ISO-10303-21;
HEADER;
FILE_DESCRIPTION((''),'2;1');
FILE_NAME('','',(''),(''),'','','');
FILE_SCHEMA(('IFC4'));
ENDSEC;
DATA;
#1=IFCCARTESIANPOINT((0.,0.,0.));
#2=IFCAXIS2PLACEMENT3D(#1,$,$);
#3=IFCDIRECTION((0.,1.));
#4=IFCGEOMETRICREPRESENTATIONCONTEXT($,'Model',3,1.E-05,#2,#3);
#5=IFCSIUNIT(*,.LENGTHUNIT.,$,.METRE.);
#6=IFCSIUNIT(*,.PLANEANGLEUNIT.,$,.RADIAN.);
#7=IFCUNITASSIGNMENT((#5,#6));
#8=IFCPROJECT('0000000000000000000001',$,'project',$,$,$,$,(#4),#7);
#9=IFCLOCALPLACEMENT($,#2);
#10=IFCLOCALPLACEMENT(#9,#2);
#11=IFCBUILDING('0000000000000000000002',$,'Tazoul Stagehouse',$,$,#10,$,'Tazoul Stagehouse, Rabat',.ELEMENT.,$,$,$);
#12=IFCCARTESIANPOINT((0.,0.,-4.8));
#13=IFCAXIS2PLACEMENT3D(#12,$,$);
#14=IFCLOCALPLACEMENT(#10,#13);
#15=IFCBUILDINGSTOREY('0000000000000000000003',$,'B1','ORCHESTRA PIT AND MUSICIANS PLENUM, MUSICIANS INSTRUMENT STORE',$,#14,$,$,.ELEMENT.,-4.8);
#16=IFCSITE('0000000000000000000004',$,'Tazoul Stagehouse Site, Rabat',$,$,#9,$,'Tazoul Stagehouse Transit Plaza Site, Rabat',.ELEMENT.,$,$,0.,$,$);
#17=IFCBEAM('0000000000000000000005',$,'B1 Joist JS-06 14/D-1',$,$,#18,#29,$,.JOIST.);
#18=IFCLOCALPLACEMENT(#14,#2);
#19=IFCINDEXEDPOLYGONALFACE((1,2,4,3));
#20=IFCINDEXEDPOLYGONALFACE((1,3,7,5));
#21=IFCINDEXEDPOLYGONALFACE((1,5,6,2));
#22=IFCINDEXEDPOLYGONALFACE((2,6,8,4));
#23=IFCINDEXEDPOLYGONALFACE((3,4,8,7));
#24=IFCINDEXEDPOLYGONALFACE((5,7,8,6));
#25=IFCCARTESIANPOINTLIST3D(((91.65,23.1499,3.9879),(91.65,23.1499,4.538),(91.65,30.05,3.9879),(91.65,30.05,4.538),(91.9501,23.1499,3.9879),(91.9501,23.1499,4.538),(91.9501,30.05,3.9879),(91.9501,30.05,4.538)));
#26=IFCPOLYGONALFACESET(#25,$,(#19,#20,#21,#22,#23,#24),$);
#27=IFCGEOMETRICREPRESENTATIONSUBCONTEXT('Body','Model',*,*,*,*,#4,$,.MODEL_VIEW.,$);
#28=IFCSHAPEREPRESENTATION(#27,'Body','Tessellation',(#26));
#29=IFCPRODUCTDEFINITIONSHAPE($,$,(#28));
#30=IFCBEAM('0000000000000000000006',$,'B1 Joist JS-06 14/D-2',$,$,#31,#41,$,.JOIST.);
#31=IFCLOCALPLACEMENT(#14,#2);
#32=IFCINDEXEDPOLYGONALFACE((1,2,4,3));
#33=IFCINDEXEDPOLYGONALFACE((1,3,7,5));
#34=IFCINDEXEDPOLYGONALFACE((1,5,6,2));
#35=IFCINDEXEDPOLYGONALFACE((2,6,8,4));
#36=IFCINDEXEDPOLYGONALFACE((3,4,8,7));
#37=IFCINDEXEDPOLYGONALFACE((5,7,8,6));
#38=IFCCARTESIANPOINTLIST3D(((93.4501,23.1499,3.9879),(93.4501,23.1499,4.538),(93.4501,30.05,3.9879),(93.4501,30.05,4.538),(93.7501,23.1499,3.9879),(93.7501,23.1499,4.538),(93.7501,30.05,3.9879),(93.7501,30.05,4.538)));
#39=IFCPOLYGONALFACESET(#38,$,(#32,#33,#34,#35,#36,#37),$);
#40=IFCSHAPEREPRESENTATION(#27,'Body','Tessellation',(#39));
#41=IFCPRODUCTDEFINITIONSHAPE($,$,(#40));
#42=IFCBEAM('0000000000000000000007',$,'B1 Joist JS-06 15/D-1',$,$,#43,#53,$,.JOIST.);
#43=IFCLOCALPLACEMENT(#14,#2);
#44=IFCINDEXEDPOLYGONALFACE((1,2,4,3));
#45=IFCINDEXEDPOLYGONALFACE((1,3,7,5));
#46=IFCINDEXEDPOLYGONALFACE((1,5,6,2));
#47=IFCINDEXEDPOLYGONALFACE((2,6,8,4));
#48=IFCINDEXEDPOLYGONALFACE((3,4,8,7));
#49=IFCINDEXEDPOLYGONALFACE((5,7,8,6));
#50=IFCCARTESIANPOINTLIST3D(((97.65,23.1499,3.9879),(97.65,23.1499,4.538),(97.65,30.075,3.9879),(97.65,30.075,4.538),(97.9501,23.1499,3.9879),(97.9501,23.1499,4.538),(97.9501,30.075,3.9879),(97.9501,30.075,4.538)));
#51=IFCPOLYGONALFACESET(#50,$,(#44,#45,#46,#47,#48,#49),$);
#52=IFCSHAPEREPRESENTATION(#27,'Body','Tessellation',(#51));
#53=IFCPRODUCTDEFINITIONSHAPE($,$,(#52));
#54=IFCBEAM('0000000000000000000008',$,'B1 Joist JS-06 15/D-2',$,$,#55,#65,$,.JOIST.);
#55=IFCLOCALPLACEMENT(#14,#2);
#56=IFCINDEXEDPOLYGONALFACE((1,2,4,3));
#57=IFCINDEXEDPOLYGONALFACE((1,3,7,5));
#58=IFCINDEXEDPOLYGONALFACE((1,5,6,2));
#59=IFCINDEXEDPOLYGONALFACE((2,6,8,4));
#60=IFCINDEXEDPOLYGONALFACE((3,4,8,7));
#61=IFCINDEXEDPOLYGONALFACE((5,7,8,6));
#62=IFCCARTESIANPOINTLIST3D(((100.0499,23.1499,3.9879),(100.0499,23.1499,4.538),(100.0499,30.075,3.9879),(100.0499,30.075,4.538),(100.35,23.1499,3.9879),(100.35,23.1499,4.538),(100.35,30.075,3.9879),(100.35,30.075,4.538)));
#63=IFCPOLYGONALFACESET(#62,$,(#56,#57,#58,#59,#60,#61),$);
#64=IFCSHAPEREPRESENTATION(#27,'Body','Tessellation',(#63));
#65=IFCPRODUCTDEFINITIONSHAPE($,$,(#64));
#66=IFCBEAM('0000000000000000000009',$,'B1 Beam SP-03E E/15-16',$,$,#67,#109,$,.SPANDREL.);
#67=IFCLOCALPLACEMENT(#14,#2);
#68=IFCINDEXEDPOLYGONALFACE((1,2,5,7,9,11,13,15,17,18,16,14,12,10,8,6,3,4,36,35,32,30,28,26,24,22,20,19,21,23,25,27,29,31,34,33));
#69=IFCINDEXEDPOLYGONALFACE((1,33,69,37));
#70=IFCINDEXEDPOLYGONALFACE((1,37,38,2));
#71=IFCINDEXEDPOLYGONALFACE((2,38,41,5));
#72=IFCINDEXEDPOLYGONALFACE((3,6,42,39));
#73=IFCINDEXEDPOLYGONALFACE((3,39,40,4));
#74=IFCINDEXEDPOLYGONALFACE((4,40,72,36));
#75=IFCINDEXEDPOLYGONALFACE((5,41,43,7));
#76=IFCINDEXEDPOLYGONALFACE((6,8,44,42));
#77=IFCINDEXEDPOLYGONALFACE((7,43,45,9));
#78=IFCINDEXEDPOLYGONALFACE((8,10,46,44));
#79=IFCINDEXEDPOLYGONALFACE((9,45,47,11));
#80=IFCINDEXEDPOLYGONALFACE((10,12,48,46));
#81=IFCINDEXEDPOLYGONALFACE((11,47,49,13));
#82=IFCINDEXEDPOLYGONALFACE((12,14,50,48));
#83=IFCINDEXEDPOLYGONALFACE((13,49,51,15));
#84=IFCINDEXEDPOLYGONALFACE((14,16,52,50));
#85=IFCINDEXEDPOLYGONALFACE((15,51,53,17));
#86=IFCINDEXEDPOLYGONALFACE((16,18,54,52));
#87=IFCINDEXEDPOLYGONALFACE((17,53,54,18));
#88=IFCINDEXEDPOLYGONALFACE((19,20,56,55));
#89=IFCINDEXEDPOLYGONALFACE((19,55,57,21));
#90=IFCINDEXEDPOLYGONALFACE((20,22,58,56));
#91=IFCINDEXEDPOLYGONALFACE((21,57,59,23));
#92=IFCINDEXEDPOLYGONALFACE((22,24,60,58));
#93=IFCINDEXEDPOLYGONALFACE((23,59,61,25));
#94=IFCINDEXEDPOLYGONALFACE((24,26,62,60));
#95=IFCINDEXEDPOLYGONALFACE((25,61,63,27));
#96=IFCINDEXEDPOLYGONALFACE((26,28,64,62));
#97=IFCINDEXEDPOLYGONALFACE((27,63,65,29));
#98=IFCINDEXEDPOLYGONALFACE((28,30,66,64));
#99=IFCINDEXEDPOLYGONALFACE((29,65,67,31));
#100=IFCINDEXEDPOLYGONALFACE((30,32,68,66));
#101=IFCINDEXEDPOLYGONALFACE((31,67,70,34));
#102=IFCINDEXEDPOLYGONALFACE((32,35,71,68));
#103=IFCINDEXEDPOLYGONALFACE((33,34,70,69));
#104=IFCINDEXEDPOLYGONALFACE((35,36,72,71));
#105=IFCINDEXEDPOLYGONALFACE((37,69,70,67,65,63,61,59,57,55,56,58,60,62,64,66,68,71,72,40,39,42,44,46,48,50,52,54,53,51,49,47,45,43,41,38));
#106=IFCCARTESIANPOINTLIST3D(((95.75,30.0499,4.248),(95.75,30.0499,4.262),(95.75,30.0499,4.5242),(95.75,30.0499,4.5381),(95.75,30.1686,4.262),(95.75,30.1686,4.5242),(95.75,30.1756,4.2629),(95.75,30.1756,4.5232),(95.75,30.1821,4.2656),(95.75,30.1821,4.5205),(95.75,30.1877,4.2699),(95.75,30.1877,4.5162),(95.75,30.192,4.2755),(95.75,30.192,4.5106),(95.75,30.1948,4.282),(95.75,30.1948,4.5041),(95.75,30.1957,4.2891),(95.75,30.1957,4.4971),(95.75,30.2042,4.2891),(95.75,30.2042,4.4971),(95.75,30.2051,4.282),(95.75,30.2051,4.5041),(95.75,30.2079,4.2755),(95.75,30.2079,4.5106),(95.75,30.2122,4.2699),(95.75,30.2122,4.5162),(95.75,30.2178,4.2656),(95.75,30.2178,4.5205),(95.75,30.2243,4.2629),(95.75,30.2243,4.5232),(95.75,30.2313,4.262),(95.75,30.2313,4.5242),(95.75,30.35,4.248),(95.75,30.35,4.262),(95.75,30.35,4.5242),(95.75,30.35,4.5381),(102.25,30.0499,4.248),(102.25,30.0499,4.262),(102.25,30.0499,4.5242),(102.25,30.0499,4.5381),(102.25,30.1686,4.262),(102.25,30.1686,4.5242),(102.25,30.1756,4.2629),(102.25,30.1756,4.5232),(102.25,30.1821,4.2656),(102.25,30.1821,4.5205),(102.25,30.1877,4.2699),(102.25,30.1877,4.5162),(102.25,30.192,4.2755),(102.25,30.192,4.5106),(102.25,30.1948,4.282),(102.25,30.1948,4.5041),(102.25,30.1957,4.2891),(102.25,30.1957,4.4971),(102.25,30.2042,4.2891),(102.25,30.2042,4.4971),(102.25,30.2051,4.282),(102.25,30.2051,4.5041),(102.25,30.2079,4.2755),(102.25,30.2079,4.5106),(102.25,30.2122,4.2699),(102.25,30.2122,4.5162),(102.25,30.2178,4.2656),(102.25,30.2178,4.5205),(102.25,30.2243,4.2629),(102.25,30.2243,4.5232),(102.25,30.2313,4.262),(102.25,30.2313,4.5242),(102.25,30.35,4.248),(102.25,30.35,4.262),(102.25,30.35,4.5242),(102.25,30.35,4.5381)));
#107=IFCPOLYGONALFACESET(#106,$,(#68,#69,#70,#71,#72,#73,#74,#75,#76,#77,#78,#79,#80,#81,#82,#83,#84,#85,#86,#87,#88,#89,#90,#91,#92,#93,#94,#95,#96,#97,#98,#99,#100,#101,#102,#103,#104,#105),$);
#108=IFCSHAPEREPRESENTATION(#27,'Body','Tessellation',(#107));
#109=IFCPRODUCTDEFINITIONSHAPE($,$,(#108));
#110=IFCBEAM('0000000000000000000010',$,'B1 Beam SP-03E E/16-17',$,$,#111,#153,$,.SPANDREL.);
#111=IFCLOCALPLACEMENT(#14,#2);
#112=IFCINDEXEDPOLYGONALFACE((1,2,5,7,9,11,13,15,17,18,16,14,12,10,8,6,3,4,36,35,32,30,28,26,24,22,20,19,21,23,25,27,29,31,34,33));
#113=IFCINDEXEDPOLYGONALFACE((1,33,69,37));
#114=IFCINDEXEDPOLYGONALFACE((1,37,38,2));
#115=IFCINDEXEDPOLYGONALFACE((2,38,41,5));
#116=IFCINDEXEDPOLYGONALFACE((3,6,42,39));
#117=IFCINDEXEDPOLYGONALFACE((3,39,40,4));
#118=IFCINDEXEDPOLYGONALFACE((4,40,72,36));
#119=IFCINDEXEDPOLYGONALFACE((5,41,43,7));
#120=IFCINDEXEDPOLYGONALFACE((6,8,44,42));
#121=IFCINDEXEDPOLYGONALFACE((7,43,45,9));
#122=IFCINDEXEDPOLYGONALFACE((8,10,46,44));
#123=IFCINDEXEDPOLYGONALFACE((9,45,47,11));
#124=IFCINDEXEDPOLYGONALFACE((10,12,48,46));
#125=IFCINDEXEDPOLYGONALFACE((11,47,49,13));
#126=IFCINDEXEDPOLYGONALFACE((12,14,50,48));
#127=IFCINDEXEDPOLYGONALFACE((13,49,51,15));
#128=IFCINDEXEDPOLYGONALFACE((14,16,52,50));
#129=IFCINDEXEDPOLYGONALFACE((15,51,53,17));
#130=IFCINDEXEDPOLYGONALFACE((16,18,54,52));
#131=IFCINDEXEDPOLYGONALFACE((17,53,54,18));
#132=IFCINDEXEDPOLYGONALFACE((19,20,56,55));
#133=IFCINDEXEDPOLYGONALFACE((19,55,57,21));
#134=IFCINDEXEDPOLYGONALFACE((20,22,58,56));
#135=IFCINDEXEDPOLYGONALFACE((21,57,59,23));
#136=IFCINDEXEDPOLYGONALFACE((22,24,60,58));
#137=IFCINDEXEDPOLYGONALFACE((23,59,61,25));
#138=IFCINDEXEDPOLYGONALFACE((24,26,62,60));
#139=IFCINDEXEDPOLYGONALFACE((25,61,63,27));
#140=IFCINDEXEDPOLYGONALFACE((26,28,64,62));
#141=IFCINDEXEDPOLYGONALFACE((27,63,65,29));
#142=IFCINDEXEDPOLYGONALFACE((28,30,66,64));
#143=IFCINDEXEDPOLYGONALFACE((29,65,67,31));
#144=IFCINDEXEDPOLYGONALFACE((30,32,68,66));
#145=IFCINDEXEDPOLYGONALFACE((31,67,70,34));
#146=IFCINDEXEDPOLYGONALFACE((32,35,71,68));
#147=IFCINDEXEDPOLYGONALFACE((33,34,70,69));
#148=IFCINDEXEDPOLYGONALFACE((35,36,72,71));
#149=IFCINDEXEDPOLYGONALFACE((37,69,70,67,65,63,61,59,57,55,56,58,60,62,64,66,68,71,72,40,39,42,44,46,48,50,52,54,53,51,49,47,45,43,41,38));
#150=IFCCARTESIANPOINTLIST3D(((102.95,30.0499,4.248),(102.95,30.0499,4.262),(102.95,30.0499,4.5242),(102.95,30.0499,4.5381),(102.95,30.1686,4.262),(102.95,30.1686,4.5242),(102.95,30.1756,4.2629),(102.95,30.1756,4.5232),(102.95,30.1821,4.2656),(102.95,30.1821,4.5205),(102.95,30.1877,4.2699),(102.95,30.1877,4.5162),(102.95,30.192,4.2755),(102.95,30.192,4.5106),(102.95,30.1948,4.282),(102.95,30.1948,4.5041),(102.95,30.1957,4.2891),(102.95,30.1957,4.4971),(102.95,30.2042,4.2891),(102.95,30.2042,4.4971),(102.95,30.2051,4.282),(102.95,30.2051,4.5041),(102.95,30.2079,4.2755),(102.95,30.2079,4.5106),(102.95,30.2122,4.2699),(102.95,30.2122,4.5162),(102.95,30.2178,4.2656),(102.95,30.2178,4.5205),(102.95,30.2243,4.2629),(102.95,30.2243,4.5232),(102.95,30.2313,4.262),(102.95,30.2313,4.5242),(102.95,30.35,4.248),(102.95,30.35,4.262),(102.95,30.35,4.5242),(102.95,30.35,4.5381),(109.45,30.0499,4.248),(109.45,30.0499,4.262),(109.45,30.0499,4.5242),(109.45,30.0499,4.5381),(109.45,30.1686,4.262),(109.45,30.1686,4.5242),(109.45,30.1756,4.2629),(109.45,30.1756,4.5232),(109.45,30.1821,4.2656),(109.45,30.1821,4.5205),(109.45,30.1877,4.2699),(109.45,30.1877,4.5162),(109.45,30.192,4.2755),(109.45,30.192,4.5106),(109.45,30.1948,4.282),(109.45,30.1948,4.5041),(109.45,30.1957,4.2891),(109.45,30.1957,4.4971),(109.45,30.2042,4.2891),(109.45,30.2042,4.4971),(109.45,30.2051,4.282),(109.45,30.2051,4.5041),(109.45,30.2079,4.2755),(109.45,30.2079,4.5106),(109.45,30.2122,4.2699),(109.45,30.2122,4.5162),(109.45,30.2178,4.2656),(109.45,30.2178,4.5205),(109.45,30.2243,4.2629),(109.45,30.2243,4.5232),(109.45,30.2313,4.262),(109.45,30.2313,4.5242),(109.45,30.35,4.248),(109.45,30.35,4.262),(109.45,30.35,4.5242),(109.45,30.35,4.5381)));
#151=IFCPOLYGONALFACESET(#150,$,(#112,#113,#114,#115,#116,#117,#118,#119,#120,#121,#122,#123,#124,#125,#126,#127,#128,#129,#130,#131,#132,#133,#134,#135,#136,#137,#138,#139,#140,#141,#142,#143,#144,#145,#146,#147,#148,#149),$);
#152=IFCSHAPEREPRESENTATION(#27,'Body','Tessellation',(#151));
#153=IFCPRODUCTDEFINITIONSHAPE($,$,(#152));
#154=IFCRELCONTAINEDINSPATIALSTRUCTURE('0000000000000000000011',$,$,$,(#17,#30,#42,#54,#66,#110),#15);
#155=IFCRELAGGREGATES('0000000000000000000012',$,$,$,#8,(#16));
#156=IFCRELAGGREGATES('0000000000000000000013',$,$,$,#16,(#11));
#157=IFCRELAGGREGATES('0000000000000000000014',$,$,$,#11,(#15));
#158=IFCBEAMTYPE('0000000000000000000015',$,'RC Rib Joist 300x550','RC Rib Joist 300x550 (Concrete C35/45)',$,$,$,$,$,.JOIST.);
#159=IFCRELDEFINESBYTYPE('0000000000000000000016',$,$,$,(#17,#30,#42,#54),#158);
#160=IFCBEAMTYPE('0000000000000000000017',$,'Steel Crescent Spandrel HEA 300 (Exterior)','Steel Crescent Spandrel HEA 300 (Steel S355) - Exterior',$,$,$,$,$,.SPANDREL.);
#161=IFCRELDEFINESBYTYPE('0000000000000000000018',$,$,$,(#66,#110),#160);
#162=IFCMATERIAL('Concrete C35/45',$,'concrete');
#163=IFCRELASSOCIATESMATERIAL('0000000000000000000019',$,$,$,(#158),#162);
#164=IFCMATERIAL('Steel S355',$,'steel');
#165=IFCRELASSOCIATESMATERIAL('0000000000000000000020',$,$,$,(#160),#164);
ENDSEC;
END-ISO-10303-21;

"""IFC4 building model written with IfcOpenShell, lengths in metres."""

from ifc_helpers import new_model, si_unit, direction, frame, origin, origin_2d, place, context, subcontext, project, spatial, rectangle, i_section, extrude, material, material_profile, profile_set, type_object, element, save


model = new_model("IFC4")

# Units and contexts
model_context = context("Model", 3, precision=1e-05, world=origin(), true_north=direction((0.0, 1.0)))
body_context = subcontext(model_context, "Body", "Model", "MODEL_VIEW")
ifc_project = project(units=[si_unit("LENGTHUNIT", "METRE"), si_unit("PLANEANGLEUNIT", "RADIAN")], contexts=[model_context])

# Site, building, storey
site_placement = place(None, origin())
site = spatial("IfcSite", under=ifc_project, at=site_placement, Name="Tazoul Stagehouse Site, Rabat", LongName="Tazoul Stagehouse Transit Plaza Site, Rabat", CompositionType="ELEMENT", RefElevation=0.0)
building_placement = place(site_placement, origin())
building = spatial("IfcBuilding", under=site, at=building_placement, Name="Tazoul Stagehouse", LongName="Tazoul Stagehouse, Rabat", CompositionType="ELEMENT")
storey_placement = place(building_placement, frame((0.0, 0.0, -4.8)))
storey = spatial("IfcBuildingStorey", under=building, at=storey_placement, Name="B1", Description="ORCHESTRA PIT AND MUSICIANS PLENUM, MUSICIANS INSTRUMENT STORE", CompositionType="ELEMENT", Elevation=-4.8)

# Shared definitions
ifc_material_1 = material(Name="Concrete C35/45", Category="concrete")

# Beams
ifc_material_profile_1 = material_profile(ifc_material_1, rectangle(XDim=0.3, YDim=0.55, at=origin_2d()), Name="RC 300x550")
ifc_profile_set_1 = profile_set([ifc_material_profile_1], Name="Concrete C35/45")
beam_type_1 = type_object("IfcBeamType", Name="RC Rib Joist 300x550", Description="RC Rib Joist 300x550 (Concrete C35/45)", PredefinedType="JOIST", material=ifc_profile_set_1)
for number, where, z_axis, x_axis, name in (
    (1, (91.8, 23.1499, 4.2629), (0.0, 1.0, 0.0), (-1.0, 0.0, 0.0), "B1 Joist JS-06 14/D-1"),
    (2, (93.6001, 23.1499, 4.2629), (0.0, 1.0, 0.0), (-1.0, 0.0, 0.0), "B1 Joist JS-06 14/D-2"),
):
    element("IfcBeam", number, at=place(storey_placement, frame(where, z_axis=z_axis, x_axis=x_axis)), inside=storey, type_object=beam_type_1, Name=name, PredefinedType="JOIST", context=body_context, shape_type="SweptSolid", body=[
        extrude(rectangle(XDim=0.3, YDim=0.55, at=origin_2d()), origin(), (0.0, 0.0, 1.0), 6.9001),
    ])
for number, where, z_axis, x_axis, name in (
    (3, (97.8, 23.1499, 4.2629), (0.0, 1.0, 0.0), (-1.0, 0.0, 0.0), "B1 Joist JS-06 15/D-1"),
    (4, (100.2, 23.1499, 4.2629), (0.0, 1.0, 0.0), (-1.0, 0.0, 0.0), "B1 Joist JS-06 15/D-2"),
):
    element("IfcBeam", number, at=place(storey_placement, frame(where, z_axis=z_axis, x_axis=x_axis)), inside=storey, type_object=beam_type_1, Name=name, PredefinedType="JOIST", context=body_context, shape_type="SweptSolid", body=[
        extrude(rectangle(XDim=0.3, YDim=0.55, at=origin_2d()), origin(), (0.0, 0.0, 1.0), 6.925),
    ])
ifc_material_2 = material(Name="Steel S355", Category="steel")
ifc_material_profile_2 = material_profile(ifc_material_2, i_section(OverallWidth=0.3, OverallDepth=0.29, WebThickness=0.0085, FlangeThickness=0.0139, FilletRadius=0.0271, at=origin_2d()), Name="HEA 300")
ifc_profile_set_2 = profile_set([ifc_material_profile_2], Name="Steel S355")
beam_type_2 = type_object("IfcBeamType", Name="Steel Crescent Spandrel HEA 300 (Exterior)", Description="Steel Crescent Spandrel HEA 300 (Steel S355) - Exterior", PredefinedType="SPANDREL", material=ifc_profile_set_2)
for number, where, z_axis, x_axis, name in (
    (5, (95.75, 30.2, 4.3931), (1.0, 0.0, 0.0), (0.0, 1.0, 0.0), "B1 Beam SP-03E E/15-16"),
    (6, (102.95, 30.2, 4.3931), (1.0, 0.0, 0.0), (0.0, 1.0, 0.0), "B1 Beam SP-03E E/16-17"),
):
    element("IfcBeam", number, at=place(storey_placement, frame(where, z_axis=z_axis, x_axis=x_axis)), inside=storey, type_object=beam_type_2, Name=name, PredefinedType="SPANDREL", context=body_context, shape_type="SweptSolid", body=[
        extrude(i_section(OverallWidth=0.3, OverallDepth=0.29, WebThickness=0.0085, FlangeThickness=0.0139, FilletRadius=0.0271, at=origin_2d()), origin(), (0.0, 0.0, 1.0), 6.5),
    ])

save(model, "model.ifc")
